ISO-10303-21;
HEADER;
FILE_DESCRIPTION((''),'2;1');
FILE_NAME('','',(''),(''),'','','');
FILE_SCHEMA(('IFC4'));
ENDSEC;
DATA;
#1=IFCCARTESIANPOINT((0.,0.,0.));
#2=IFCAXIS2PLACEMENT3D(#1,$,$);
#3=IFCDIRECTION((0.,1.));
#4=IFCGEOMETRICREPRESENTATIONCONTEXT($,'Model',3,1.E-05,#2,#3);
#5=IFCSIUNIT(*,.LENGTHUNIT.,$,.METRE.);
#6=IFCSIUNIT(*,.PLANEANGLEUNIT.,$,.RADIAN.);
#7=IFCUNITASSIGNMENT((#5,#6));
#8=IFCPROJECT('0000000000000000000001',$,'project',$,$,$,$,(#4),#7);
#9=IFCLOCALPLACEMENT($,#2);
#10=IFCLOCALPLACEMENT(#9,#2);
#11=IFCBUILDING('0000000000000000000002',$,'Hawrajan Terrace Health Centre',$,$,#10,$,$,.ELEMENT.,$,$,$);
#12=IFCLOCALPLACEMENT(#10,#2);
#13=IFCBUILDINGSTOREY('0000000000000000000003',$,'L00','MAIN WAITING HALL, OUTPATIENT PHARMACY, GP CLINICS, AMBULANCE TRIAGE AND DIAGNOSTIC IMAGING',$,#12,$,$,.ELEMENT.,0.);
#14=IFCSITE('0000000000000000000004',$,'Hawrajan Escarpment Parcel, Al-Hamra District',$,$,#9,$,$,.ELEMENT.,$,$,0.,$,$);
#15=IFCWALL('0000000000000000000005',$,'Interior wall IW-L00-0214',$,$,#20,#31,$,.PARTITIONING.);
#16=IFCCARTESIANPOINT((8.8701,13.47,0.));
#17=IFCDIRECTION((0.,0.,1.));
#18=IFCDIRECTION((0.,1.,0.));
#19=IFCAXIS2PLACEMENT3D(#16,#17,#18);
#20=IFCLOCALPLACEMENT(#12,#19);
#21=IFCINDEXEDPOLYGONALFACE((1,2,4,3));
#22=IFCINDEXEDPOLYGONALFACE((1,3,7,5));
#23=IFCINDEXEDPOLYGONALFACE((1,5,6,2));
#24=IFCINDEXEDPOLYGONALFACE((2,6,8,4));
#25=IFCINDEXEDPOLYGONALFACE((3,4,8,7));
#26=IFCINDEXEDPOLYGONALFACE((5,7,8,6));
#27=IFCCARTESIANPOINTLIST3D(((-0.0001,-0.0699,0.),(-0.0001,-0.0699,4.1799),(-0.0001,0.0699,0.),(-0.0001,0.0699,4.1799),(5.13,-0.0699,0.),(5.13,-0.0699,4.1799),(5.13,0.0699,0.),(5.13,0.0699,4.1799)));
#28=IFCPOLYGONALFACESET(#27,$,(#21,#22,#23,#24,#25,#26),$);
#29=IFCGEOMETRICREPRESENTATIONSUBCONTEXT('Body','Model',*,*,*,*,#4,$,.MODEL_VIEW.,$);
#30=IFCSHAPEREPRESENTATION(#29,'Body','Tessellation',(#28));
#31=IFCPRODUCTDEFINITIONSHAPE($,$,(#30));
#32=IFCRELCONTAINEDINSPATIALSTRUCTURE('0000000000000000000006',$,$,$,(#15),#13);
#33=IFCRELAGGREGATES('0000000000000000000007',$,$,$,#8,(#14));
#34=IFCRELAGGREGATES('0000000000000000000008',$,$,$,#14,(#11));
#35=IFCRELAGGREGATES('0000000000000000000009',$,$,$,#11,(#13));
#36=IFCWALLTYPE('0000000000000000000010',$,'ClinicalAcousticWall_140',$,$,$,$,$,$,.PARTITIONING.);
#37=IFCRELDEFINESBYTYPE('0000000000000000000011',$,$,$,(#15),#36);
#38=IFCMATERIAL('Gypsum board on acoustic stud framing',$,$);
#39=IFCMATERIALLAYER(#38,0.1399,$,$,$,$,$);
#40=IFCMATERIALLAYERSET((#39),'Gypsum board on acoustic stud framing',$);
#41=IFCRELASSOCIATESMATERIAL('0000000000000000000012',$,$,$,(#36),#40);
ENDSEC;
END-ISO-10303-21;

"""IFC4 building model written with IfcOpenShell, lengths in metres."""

from ifc_helpers import new_model, si_unit, direction, frame, frame_2d, origin, place, context, subcontext, project, spatial, rectangle, extrude, material, layer, layer_set, type_object, element, save


model = new_model("IFC4")

# Units and contexts
model_context = context("Model", 3, precision=1e-05, world=origin(), true_north=direction((0.0, 1.0)))
body_context = subcontext(model_context, "Body", "Model", "MODEL_VIEW")
ifc_project = project(units=[si_unit("LENGTHUNIT", "METRE"), si_unit("PLANEANGLEUNIT", "RADIAN")], contexts=[model_context])

# Site, building, storey
site_placement = place(None, origin())
site = spatial("IfcSite", under=ifc_project, at=site_placement, Name="Hawrajan Escarpment Parcel, Al-Hamra District", CompositionType="ELEMENT", RefElevation=0.0)
building_placement = place(site_placement, origin())
building = spatial("IfcBuilding", under=site, at=building_placement, Name="Hawrajan Terrace Health Centre", CompositionType="ELEMENT")
storey_placement = place(building_placement, origin())
storey = spatial("IfcBuildingStorey", under=building, at=storey_placement, Name="L00", Description="MAIN WAITING HALL, OUTPATIENT PHARMACY, GP CLINICS, AMBULANCE TRIAGE AND DIAGNOSTIC IMAGING", CompositionType="ELEMENT", Elevation=0.0)

# Shared definitions
ifc_material_1 = material(Name="Gypsum board on acoustic stud framing")
ifc_layer_1 = layer(ifc_material_1, 0.1399)
ifc_layer_set_1 = layer_set([ifc_layer_1], Name="Gypsum board on acoustic stud framing")
wall_type_1 = type_object("IfcWallType", Name="ClinicalAcousticWall_140", PredefinedType="PARTITIONING", material=ifc_layer_set_1)

# Wall
wall_1_placement = place(storey_placement, frame((8.8701, 13.47, 0.0), z_axis=(0.0, 0.0, 1.0), x_axis=(0.0, 1.0, 0.0)))
element("IfcWall", 1, at=wall_1_placement, inside=storey, type_object=wall_type_1, Name="Interior wall IW-L00-0214", PredefinedType="PARTITIONING", context=body_context, shape_type="SweptSolid", body=[
    extrude(rectangle(XDim=5.1301, YDim=0.1399, at=frame_2d((2.5649, 0.0))), origin(), (0.0, 0.0, 1.0), 4.1799),
])

save(model, "model.ifc")
